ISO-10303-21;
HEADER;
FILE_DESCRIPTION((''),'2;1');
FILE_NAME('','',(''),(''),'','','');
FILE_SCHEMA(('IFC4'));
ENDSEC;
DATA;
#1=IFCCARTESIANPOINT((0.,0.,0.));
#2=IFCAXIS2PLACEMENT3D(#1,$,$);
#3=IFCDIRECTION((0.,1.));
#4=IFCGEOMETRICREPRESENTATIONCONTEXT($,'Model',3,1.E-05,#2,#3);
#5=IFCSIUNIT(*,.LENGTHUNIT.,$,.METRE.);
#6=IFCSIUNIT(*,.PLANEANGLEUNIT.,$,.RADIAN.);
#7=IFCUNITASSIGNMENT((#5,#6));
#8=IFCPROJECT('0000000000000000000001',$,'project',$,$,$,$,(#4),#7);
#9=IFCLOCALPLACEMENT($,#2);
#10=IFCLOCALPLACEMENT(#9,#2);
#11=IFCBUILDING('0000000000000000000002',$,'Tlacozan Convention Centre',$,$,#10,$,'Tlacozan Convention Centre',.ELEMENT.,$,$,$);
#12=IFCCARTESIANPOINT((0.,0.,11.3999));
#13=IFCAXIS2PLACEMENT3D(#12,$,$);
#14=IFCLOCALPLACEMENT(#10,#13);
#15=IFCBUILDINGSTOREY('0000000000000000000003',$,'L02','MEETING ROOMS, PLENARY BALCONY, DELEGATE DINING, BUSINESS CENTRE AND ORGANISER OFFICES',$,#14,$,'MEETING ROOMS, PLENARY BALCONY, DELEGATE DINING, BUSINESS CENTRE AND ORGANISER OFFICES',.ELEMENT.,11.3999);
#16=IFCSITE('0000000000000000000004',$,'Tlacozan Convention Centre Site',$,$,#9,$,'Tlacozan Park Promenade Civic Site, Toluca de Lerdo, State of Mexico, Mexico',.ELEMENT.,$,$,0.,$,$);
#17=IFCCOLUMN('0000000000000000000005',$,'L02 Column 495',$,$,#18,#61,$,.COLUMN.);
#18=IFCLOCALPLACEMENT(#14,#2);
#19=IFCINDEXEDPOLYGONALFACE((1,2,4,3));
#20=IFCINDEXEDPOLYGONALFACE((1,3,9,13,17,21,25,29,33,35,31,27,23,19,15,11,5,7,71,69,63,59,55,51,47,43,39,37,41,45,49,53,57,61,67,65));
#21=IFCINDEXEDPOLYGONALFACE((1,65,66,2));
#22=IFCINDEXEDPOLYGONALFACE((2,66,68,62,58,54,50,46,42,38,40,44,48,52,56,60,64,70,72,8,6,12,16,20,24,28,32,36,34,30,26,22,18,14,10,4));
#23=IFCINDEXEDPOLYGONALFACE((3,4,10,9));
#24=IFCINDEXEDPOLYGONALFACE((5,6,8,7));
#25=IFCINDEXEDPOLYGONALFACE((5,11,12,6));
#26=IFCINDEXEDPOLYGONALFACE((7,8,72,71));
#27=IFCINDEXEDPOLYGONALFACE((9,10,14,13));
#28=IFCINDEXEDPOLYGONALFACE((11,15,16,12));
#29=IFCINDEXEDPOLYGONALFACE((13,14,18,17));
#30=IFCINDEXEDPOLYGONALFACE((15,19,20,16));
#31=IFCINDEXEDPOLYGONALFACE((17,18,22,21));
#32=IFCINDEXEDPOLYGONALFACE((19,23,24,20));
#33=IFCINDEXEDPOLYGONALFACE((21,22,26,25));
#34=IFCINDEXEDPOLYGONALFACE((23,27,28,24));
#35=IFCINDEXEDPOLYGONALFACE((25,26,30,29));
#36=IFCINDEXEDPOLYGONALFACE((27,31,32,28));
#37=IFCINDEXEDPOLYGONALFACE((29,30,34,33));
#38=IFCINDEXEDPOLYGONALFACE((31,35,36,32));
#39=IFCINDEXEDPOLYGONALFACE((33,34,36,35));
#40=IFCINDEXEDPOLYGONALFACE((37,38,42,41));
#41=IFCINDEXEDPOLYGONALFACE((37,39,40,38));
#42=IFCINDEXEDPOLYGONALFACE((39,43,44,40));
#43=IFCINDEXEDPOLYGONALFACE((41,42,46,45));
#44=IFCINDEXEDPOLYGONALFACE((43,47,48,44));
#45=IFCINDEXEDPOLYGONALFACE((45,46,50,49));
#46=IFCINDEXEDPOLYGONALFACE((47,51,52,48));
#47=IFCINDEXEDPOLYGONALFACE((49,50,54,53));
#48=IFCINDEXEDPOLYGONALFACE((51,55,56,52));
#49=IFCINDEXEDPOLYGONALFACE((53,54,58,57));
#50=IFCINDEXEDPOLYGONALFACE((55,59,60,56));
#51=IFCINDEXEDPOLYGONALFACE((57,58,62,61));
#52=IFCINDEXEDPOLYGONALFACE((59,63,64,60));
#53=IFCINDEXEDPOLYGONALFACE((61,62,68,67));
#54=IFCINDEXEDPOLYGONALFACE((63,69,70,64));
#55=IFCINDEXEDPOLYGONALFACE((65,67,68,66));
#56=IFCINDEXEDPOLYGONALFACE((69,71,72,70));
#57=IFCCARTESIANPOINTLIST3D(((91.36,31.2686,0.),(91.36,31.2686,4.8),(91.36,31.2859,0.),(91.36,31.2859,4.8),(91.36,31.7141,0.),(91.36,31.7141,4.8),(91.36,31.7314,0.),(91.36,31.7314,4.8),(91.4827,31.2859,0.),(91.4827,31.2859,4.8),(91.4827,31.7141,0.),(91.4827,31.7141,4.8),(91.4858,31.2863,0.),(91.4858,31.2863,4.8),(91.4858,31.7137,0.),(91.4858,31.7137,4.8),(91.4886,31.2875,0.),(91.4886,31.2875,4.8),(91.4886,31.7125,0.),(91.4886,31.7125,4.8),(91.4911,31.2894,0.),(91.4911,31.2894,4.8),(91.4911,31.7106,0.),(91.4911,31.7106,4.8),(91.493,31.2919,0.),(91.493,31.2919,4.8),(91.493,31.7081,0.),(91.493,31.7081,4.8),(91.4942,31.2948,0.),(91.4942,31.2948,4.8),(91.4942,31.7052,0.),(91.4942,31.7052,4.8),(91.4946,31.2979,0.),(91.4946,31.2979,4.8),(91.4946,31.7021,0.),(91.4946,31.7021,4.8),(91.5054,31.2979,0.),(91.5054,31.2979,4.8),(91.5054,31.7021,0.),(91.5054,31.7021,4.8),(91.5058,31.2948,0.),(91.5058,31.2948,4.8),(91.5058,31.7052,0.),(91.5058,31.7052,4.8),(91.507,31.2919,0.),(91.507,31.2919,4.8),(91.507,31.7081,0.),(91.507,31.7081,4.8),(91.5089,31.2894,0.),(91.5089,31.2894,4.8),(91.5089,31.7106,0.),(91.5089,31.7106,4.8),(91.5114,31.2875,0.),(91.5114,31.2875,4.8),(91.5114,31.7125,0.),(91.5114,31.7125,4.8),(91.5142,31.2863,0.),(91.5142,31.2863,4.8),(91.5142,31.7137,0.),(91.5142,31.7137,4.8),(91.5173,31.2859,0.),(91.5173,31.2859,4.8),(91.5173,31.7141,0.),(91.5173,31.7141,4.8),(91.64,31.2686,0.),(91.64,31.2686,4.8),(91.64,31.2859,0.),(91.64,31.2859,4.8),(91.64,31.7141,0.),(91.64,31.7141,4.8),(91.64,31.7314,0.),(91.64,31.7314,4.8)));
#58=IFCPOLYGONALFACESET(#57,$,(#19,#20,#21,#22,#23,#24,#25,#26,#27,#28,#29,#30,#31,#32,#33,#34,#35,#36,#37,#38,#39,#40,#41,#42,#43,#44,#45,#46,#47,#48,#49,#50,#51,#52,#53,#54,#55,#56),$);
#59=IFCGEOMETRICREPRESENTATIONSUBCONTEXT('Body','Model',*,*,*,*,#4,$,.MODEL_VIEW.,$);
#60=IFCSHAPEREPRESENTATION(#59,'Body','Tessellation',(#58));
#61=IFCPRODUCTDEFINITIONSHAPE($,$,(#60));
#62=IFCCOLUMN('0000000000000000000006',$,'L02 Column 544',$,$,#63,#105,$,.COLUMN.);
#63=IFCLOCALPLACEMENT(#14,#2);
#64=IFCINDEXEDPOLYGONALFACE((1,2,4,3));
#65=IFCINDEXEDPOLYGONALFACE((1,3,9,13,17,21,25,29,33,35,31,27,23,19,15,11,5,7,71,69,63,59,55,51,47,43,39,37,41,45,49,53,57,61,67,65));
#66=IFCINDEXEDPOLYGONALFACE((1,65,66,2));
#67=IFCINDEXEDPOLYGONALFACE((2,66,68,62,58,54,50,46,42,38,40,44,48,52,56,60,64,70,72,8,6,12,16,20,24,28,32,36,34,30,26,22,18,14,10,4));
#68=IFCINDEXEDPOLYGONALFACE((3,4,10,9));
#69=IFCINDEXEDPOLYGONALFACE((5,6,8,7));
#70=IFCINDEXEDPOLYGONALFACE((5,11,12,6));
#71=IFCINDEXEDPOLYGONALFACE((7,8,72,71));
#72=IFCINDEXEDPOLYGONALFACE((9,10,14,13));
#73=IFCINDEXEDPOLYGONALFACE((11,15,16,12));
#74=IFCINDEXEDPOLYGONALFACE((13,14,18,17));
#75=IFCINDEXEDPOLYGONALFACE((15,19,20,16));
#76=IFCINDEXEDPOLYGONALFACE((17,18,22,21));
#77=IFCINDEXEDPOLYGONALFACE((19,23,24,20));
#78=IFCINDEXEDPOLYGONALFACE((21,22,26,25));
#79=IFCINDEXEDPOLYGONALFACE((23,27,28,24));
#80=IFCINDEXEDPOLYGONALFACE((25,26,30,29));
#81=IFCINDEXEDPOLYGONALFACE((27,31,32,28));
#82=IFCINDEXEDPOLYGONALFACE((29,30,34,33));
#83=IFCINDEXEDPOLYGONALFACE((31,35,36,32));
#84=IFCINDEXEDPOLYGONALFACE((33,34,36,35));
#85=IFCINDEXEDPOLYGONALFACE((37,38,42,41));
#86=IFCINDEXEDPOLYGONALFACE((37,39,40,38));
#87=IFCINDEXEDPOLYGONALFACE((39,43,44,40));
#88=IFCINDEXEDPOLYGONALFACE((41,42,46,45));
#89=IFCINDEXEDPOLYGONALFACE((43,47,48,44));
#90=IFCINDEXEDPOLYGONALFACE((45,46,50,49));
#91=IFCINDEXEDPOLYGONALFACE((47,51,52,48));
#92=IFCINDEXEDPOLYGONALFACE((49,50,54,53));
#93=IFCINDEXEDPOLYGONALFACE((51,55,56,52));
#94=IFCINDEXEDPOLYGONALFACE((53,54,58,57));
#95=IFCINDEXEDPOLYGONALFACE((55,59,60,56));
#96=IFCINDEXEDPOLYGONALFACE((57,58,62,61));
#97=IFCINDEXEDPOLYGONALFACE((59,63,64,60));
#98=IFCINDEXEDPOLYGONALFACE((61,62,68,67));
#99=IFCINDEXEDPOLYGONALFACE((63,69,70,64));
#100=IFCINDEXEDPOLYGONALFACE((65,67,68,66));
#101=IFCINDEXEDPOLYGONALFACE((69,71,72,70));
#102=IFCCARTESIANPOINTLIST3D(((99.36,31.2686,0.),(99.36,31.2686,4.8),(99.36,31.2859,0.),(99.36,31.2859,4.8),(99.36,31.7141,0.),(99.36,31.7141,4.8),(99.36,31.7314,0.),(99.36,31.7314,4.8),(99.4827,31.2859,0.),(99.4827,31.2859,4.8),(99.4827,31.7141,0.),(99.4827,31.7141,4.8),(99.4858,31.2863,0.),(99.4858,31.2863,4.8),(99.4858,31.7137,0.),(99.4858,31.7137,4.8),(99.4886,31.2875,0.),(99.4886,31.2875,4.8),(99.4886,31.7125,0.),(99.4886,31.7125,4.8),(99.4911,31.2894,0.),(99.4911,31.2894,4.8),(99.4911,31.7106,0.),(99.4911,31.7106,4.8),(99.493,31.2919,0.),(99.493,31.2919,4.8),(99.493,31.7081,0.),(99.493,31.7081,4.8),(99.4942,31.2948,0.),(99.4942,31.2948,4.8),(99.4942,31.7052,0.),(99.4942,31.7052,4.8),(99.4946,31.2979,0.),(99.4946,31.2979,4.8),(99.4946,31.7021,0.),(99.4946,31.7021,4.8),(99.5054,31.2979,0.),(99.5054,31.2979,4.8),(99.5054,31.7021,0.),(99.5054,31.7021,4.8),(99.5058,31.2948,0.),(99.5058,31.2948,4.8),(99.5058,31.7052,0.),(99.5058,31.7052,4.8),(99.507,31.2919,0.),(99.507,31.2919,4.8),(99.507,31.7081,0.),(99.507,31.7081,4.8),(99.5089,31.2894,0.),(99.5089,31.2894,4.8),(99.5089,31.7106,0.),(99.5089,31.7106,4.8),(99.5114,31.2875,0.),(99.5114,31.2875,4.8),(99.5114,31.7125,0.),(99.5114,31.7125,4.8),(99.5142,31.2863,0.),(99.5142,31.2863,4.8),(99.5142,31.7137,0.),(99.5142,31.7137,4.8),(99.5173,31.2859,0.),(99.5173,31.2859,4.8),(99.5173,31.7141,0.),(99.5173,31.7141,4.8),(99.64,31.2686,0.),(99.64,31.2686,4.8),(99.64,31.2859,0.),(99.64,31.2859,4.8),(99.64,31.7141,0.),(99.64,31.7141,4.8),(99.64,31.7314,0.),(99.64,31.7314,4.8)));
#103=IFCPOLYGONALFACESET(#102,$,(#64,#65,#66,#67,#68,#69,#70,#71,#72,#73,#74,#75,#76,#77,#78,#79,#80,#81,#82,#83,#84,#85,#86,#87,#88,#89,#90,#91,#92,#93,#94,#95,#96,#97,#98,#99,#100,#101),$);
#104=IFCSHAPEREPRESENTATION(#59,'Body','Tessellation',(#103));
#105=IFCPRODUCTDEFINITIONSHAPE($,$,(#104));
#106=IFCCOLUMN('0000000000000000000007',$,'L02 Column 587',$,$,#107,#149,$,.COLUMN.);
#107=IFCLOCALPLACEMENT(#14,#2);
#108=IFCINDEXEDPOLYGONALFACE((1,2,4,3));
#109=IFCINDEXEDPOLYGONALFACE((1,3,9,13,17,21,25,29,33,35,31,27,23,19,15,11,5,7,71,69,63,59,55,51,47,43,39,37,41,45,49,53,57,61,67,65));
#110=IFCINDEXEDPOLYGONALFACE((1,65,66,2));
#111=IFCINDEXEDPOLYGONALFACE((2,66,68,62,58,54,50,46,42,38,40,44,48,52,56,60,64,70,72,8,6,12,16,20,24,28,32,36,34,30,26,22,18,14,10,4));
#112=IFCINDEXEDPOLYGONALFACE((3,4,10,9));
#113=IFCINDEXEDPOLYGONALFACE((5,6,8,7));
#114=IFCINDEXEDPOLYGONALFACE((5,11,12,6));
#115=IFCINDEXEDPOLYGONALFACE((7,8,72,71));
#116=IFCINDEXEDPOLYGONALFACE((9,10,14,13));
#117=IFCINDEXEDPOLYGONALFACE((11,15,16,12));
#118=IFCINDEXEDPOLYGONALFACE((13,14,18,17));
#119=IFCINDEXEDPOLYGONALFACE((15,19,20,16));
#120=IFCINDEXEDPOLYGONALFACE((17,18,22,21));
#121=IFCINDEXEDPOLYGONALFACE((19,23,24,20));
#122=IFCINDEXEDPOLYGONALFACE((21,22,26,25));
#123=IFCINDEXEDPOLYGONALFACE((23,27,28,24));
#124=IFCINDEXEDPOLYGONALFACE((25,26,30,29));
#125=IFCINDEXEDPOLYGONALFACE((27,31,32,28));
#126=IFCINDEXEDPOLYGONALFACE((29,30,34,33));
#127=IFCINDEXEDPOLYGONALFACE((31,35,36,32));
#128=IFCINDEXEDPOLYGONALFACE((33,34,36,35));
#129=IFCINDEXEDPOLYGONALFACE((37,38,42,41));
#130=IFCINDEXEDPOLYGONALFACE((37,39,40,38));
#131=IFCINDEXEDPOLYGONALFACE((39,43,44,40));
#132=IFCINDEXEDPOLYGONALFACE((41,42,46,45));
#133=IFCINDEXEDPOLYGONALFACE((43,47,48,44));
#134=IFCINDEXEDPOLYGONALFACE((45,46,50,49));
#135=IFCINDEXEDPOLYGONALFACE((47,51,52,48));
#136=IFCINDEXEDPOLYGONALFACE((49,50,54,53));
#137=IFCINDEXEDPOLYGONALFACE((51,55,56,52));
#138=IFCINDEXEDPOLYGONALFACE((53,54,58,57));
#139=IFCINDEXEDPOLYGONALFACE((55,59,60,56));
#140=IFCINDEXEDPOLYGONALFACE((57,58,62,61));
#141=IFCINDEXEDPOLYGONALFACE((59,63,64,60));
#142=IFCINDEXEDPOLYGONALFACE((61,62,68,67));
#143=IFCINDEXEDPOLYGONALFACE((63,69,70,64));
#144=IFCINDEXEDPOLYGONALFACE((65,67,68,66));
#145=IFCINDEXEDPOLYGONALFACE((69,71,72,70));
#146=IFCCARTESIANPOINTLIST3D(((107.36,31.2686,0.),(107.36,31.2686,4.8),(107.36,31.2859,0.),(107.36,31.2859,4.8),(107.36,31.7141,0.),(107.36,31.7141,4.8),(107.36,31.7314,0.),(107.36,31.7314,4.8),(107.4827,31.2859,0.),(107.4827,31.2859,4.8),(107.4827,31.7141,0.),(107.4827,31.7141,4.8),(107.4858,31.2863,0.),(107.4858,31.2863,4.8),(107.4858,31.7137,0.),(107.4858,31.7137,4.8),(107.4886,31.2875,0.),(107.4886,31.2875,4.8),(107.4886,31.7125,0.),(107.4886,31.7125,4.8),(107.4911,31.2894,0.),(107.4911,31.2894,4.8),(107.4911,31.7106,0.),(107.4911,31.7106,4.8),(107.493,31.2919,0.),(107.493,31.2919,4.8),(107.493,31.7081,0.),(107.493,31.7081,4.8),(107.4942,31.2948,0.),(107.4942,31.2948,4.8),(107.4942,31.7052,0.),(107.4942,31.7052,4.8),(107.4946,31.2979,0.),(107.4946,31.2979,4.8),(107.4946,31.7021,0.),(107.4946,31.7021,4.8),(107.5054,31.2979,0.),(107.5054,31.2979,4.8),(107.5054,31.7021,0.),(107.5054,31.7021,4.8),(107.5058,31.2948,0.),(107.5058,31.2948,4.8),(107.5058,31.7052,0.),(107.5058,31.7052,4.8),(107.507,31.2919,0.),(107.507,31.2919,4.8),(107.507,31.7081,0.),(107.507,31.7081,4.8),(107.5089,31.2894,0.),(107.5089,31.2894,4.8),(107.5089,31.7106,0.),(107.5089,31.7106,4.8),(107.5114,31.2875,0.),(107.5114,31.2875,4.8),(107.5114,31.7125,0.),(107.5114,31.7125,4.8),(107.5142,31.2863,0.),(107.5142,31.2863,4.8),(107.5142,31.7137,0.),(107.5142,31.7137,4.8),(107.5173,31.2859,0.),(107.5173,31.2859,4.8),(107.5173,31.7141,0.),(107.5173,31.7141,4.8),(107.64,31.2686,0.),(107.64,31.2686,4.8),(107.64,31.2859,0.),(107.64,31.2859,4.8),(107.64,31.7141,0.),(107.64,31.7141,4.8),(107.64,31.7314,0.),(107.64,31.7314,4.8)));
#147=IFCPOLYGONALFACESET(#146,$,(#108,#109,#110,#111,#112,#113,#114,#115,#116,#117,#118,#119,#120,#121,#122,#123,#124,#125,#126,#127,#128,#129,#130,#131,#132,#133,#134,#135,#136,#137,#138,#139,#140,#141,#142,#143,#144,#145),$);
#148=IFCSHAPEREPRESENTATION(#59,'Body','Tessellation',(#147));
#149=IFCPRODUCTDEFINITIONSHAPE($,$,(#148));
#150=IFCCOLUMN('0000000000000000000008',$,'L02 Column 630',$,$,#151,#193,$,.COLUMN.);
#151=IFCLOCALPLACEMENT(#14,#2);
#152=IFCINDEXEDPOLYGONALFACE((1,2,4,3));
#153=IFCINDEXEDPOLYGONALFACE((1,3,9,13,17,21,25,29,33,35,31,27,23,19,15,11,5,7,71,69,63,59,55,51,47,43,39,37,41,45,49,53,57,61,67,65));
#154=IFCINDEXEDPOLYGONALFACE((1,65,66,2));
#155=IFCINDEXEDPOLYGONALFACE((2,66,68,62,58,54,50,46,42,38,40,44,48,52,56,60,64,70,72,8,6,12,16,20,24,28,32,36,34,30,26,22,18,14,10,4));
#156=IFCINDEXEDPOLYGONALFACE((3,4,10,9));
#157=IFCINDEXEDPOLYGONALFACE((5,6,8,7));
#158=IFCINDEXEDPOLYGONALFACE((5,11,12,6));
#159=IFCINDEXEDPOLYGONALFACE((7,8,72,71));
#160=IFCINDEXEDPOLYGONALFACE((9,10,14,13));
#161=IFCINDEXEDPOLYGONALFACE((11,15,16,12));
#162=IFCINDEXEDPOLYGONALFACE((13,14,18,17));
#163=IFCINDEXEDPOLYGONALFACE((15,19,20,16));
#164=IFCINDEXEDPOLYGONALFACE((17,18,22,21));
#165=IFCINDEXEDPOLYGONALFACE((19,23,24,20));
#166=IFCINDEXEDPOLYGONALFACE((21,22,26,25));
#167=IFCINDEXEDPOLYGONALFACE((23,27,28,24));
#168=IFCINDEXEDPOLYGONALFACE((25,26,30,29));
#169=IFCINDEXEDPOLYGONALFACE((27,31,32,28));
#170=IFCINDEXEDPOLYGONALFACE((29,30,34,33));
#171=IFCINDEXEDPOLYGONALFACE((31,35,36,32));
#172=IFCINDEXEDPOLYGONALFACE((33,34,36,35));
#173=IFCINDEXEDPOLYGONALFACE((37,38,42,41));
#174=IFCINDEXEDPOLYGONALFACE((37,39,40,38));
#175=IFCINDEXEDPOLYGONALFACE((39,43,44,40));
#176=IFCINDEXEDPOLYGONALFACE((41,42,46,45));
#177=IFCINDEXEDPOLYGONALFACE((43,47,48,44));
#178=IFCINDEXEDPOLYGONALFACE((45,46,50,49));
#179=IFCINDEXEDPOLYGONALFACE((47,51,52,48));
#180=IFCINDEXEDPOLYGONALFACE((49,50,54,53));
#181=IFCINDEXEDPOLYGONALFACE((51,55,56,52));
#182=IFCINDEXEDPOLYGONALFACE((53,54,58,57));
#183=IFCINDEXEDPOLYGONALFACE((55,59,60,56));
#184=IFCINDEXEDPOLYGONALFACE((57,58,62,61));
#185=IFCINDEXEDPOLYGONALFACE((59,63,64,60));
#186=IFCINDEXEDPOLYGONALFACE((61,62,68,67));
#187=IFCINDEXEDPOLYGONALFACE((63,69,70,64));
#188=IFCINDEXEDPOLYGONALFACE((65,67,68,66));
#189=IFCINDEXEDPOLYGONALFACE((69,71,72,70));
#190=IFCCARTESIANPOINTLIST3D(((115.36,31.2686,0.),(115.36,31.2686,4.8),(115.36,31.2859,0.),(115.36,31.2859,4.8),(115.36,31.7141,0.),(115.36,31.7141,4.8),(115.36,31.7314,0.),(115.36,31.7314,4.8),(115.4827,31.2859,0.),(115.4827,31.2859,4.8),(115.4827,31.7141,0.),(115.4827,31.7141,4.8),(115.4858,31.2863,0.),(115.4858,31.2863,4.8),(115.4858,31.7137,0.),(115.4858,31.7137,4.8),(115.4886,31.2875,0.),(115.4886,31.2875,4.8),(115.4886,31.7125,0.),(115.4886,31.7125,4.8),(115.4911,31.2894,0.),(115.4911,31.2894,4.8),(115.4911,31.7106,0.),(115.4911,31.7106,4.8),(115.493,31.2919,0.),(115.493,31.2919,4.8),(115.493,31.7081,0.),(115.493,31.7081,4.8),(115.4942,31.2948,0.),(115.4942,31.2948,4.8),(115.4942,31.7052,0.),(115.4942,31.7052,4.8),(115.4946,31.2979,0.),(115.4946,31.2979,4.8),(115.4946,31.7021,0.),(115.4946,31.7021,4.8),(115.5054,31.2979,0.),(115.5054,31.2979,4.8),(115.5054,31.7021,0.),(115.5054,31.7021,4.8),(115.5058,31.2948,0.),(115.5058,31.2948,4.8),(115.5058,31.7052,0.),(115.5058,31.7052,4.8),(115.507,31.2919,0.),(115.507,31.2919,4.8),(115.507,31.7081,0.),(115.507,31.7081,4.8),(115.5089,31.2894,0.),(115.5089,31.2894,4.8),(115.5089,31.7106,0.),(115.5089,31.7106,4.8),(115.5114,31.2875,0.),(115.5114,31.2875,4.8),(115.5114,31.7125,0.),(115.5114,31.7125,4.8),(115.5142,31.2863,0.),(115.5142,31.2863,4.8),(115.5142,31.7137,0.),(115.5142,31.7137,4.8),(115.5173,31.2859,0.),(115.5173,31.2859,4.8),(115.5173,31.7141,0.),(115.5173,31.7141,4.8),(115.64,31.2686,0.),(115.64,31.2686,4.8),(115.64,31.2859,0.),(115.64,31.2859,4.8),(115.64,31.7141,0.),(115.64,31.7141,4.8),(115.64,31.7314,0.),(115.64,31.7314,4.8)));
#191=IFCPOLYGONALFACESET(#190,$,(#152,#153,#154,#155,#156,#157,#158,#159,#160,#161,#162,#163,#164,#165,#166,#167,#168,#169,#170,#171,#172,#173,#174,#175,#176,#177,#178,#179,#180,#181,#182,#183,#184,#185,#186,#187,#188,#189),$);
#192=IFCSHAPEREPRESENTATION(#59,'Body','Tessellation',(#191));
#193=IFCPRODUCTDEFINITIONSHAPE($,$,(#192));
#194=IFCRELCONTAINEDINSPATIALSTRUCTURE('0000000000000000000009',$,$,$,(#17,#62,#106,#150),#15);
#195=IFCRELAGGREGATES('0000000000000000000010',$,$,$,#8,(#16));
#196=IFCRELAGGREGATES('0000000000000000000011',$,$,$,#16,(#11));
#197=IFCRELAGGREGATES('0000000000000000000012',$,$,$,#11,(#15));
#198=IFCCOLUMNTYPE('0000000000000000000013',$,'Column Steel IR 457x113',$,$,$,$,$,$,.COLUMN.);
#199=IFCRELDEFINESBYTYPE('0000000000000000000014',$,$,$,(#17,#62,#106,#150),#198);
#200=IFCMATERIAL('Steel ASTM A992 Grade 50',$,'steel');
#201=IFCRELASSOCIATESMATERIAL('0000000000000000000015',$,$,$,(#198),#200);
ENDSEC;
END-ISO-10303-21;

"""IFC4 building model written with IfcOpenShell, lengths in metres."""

from ifc_helpers import new_model, si_unit, direction, frame, origin, origin_2d, place, context, subcontext, project, spatial, i_section, extrude, material, material_profile, profile_set, type_object, element, save


model = new_model("IFC4")

# Units and contexts
model_context = context("Model", 3, precision=1e-05, world=origin(), true_north=direction((0.0, 1.0)))
body_context = subcontext(model_context, "Body", "Model", "MODEL_VIEW")
ifc_project = project(units=[si_unit("LENGTHUNIT", "METRE"), si_unit("PLANEANGLEUNIT", "RADIAN")], contexts=[model_context])

# Site, building, storey
site_placement = place(None, origin())
site = spatial("IfcSite", under=ifc_project, at=site_placement, Name="Tlacozan Convention Centre Site", LongName="Tlacozan Park Promenade Civic Site, Toluca de Lerdo, State of Mexico, Mexico", CompositionType="ELEMENT", RefElevation=0.0)
building_placement = place(site_placement, origin())
building = spatial("IfcBuilding", under=site, at=building_placement, Name="Tlacozan Convention Centre", LongName="Tlacozan Convention Centre", CompositionType="ELEMENT")
storey_placement = place(building_placement, frame((0.0, 0.0, 11.3999)))
storey = spatial("IfcBuildingStorey", under=building, at=storey_placement, Name="L02", Description="MEETING ROOMS, PLENARY BALCONY, DELEGATE DINING, BUSINESS CENTRE AND ORGANISER OFFICES", LongName="MEETING ROOMS, PLENARY BALCONY, DELEGATE DINING, BUSINESS CENTRE AND ORGANISER OFFICES", CompositionType="ELEMENT", Elevation=11.3999)

# Columns
ifc_material_1 = material(Name="Steel ASTM A992 Grade 50", Category="steel")
ifc_material_profile_1 = material_profile(ifc_material_1, i_section(OverallWidth=0.28, OverallDepth=0.4629, WebThickness=0.0107, FlangeThickness=0.0173, FilletRadius=0.012, at=origin_2d()), Name="IR 457x113.0")
ifc_profile_set_1 = profile_set([ifc_material_profile_1], Name="Steel ASTM A992 Grade 50")
column_type = type_object("IfcColumnType", Name="Column Steel IR 457x113", PredefinedType="COLUMN", material=ifc_profile_set_1)
for number, where, z_axis, x_axis, name in (
    (1, (91.5, 31.5, 0.0), (0.0, 0.0, 1.0), (1.0, 0.0, 0.0), "L02 Column 495"),
    (2, (99.5, 31.5, 0.0), (0.0, 0.0, 1.0), (1.0, 0.0, 0.0), "L02 Column 544"),
    (3, (107.5, 31.5, 0.0), (0.0, 0.0, 1.0), (1.0, 0.0, 0.0), "L02 Column 587"),
    (4, (115.5, 31.5, 0.0), (0.0, 0.0, 1.0), (1.0, 0.0, 0.0), "L02 Column 630"),
):
    element("IfcColumn", number, at=place(storey_placement, frame(where, z_axis=z_axis, x_axis=x_axis)), inside=storey, type_object=column_type, Name=name, PredefinedType="COLUMN", context=body_context, shape_type="SweptSolid", body=[
        extrude(i_section(OverallWidth=0.28, OverallDepth=0.4629, WebThickness=0.0107, FlangeThickness=0.0173, FilletRadius=0.012, at=origin_2d()), origin(), (0.0, 0.0, 1.0), 4.8),
    ])

save(model, "model.ifc")
